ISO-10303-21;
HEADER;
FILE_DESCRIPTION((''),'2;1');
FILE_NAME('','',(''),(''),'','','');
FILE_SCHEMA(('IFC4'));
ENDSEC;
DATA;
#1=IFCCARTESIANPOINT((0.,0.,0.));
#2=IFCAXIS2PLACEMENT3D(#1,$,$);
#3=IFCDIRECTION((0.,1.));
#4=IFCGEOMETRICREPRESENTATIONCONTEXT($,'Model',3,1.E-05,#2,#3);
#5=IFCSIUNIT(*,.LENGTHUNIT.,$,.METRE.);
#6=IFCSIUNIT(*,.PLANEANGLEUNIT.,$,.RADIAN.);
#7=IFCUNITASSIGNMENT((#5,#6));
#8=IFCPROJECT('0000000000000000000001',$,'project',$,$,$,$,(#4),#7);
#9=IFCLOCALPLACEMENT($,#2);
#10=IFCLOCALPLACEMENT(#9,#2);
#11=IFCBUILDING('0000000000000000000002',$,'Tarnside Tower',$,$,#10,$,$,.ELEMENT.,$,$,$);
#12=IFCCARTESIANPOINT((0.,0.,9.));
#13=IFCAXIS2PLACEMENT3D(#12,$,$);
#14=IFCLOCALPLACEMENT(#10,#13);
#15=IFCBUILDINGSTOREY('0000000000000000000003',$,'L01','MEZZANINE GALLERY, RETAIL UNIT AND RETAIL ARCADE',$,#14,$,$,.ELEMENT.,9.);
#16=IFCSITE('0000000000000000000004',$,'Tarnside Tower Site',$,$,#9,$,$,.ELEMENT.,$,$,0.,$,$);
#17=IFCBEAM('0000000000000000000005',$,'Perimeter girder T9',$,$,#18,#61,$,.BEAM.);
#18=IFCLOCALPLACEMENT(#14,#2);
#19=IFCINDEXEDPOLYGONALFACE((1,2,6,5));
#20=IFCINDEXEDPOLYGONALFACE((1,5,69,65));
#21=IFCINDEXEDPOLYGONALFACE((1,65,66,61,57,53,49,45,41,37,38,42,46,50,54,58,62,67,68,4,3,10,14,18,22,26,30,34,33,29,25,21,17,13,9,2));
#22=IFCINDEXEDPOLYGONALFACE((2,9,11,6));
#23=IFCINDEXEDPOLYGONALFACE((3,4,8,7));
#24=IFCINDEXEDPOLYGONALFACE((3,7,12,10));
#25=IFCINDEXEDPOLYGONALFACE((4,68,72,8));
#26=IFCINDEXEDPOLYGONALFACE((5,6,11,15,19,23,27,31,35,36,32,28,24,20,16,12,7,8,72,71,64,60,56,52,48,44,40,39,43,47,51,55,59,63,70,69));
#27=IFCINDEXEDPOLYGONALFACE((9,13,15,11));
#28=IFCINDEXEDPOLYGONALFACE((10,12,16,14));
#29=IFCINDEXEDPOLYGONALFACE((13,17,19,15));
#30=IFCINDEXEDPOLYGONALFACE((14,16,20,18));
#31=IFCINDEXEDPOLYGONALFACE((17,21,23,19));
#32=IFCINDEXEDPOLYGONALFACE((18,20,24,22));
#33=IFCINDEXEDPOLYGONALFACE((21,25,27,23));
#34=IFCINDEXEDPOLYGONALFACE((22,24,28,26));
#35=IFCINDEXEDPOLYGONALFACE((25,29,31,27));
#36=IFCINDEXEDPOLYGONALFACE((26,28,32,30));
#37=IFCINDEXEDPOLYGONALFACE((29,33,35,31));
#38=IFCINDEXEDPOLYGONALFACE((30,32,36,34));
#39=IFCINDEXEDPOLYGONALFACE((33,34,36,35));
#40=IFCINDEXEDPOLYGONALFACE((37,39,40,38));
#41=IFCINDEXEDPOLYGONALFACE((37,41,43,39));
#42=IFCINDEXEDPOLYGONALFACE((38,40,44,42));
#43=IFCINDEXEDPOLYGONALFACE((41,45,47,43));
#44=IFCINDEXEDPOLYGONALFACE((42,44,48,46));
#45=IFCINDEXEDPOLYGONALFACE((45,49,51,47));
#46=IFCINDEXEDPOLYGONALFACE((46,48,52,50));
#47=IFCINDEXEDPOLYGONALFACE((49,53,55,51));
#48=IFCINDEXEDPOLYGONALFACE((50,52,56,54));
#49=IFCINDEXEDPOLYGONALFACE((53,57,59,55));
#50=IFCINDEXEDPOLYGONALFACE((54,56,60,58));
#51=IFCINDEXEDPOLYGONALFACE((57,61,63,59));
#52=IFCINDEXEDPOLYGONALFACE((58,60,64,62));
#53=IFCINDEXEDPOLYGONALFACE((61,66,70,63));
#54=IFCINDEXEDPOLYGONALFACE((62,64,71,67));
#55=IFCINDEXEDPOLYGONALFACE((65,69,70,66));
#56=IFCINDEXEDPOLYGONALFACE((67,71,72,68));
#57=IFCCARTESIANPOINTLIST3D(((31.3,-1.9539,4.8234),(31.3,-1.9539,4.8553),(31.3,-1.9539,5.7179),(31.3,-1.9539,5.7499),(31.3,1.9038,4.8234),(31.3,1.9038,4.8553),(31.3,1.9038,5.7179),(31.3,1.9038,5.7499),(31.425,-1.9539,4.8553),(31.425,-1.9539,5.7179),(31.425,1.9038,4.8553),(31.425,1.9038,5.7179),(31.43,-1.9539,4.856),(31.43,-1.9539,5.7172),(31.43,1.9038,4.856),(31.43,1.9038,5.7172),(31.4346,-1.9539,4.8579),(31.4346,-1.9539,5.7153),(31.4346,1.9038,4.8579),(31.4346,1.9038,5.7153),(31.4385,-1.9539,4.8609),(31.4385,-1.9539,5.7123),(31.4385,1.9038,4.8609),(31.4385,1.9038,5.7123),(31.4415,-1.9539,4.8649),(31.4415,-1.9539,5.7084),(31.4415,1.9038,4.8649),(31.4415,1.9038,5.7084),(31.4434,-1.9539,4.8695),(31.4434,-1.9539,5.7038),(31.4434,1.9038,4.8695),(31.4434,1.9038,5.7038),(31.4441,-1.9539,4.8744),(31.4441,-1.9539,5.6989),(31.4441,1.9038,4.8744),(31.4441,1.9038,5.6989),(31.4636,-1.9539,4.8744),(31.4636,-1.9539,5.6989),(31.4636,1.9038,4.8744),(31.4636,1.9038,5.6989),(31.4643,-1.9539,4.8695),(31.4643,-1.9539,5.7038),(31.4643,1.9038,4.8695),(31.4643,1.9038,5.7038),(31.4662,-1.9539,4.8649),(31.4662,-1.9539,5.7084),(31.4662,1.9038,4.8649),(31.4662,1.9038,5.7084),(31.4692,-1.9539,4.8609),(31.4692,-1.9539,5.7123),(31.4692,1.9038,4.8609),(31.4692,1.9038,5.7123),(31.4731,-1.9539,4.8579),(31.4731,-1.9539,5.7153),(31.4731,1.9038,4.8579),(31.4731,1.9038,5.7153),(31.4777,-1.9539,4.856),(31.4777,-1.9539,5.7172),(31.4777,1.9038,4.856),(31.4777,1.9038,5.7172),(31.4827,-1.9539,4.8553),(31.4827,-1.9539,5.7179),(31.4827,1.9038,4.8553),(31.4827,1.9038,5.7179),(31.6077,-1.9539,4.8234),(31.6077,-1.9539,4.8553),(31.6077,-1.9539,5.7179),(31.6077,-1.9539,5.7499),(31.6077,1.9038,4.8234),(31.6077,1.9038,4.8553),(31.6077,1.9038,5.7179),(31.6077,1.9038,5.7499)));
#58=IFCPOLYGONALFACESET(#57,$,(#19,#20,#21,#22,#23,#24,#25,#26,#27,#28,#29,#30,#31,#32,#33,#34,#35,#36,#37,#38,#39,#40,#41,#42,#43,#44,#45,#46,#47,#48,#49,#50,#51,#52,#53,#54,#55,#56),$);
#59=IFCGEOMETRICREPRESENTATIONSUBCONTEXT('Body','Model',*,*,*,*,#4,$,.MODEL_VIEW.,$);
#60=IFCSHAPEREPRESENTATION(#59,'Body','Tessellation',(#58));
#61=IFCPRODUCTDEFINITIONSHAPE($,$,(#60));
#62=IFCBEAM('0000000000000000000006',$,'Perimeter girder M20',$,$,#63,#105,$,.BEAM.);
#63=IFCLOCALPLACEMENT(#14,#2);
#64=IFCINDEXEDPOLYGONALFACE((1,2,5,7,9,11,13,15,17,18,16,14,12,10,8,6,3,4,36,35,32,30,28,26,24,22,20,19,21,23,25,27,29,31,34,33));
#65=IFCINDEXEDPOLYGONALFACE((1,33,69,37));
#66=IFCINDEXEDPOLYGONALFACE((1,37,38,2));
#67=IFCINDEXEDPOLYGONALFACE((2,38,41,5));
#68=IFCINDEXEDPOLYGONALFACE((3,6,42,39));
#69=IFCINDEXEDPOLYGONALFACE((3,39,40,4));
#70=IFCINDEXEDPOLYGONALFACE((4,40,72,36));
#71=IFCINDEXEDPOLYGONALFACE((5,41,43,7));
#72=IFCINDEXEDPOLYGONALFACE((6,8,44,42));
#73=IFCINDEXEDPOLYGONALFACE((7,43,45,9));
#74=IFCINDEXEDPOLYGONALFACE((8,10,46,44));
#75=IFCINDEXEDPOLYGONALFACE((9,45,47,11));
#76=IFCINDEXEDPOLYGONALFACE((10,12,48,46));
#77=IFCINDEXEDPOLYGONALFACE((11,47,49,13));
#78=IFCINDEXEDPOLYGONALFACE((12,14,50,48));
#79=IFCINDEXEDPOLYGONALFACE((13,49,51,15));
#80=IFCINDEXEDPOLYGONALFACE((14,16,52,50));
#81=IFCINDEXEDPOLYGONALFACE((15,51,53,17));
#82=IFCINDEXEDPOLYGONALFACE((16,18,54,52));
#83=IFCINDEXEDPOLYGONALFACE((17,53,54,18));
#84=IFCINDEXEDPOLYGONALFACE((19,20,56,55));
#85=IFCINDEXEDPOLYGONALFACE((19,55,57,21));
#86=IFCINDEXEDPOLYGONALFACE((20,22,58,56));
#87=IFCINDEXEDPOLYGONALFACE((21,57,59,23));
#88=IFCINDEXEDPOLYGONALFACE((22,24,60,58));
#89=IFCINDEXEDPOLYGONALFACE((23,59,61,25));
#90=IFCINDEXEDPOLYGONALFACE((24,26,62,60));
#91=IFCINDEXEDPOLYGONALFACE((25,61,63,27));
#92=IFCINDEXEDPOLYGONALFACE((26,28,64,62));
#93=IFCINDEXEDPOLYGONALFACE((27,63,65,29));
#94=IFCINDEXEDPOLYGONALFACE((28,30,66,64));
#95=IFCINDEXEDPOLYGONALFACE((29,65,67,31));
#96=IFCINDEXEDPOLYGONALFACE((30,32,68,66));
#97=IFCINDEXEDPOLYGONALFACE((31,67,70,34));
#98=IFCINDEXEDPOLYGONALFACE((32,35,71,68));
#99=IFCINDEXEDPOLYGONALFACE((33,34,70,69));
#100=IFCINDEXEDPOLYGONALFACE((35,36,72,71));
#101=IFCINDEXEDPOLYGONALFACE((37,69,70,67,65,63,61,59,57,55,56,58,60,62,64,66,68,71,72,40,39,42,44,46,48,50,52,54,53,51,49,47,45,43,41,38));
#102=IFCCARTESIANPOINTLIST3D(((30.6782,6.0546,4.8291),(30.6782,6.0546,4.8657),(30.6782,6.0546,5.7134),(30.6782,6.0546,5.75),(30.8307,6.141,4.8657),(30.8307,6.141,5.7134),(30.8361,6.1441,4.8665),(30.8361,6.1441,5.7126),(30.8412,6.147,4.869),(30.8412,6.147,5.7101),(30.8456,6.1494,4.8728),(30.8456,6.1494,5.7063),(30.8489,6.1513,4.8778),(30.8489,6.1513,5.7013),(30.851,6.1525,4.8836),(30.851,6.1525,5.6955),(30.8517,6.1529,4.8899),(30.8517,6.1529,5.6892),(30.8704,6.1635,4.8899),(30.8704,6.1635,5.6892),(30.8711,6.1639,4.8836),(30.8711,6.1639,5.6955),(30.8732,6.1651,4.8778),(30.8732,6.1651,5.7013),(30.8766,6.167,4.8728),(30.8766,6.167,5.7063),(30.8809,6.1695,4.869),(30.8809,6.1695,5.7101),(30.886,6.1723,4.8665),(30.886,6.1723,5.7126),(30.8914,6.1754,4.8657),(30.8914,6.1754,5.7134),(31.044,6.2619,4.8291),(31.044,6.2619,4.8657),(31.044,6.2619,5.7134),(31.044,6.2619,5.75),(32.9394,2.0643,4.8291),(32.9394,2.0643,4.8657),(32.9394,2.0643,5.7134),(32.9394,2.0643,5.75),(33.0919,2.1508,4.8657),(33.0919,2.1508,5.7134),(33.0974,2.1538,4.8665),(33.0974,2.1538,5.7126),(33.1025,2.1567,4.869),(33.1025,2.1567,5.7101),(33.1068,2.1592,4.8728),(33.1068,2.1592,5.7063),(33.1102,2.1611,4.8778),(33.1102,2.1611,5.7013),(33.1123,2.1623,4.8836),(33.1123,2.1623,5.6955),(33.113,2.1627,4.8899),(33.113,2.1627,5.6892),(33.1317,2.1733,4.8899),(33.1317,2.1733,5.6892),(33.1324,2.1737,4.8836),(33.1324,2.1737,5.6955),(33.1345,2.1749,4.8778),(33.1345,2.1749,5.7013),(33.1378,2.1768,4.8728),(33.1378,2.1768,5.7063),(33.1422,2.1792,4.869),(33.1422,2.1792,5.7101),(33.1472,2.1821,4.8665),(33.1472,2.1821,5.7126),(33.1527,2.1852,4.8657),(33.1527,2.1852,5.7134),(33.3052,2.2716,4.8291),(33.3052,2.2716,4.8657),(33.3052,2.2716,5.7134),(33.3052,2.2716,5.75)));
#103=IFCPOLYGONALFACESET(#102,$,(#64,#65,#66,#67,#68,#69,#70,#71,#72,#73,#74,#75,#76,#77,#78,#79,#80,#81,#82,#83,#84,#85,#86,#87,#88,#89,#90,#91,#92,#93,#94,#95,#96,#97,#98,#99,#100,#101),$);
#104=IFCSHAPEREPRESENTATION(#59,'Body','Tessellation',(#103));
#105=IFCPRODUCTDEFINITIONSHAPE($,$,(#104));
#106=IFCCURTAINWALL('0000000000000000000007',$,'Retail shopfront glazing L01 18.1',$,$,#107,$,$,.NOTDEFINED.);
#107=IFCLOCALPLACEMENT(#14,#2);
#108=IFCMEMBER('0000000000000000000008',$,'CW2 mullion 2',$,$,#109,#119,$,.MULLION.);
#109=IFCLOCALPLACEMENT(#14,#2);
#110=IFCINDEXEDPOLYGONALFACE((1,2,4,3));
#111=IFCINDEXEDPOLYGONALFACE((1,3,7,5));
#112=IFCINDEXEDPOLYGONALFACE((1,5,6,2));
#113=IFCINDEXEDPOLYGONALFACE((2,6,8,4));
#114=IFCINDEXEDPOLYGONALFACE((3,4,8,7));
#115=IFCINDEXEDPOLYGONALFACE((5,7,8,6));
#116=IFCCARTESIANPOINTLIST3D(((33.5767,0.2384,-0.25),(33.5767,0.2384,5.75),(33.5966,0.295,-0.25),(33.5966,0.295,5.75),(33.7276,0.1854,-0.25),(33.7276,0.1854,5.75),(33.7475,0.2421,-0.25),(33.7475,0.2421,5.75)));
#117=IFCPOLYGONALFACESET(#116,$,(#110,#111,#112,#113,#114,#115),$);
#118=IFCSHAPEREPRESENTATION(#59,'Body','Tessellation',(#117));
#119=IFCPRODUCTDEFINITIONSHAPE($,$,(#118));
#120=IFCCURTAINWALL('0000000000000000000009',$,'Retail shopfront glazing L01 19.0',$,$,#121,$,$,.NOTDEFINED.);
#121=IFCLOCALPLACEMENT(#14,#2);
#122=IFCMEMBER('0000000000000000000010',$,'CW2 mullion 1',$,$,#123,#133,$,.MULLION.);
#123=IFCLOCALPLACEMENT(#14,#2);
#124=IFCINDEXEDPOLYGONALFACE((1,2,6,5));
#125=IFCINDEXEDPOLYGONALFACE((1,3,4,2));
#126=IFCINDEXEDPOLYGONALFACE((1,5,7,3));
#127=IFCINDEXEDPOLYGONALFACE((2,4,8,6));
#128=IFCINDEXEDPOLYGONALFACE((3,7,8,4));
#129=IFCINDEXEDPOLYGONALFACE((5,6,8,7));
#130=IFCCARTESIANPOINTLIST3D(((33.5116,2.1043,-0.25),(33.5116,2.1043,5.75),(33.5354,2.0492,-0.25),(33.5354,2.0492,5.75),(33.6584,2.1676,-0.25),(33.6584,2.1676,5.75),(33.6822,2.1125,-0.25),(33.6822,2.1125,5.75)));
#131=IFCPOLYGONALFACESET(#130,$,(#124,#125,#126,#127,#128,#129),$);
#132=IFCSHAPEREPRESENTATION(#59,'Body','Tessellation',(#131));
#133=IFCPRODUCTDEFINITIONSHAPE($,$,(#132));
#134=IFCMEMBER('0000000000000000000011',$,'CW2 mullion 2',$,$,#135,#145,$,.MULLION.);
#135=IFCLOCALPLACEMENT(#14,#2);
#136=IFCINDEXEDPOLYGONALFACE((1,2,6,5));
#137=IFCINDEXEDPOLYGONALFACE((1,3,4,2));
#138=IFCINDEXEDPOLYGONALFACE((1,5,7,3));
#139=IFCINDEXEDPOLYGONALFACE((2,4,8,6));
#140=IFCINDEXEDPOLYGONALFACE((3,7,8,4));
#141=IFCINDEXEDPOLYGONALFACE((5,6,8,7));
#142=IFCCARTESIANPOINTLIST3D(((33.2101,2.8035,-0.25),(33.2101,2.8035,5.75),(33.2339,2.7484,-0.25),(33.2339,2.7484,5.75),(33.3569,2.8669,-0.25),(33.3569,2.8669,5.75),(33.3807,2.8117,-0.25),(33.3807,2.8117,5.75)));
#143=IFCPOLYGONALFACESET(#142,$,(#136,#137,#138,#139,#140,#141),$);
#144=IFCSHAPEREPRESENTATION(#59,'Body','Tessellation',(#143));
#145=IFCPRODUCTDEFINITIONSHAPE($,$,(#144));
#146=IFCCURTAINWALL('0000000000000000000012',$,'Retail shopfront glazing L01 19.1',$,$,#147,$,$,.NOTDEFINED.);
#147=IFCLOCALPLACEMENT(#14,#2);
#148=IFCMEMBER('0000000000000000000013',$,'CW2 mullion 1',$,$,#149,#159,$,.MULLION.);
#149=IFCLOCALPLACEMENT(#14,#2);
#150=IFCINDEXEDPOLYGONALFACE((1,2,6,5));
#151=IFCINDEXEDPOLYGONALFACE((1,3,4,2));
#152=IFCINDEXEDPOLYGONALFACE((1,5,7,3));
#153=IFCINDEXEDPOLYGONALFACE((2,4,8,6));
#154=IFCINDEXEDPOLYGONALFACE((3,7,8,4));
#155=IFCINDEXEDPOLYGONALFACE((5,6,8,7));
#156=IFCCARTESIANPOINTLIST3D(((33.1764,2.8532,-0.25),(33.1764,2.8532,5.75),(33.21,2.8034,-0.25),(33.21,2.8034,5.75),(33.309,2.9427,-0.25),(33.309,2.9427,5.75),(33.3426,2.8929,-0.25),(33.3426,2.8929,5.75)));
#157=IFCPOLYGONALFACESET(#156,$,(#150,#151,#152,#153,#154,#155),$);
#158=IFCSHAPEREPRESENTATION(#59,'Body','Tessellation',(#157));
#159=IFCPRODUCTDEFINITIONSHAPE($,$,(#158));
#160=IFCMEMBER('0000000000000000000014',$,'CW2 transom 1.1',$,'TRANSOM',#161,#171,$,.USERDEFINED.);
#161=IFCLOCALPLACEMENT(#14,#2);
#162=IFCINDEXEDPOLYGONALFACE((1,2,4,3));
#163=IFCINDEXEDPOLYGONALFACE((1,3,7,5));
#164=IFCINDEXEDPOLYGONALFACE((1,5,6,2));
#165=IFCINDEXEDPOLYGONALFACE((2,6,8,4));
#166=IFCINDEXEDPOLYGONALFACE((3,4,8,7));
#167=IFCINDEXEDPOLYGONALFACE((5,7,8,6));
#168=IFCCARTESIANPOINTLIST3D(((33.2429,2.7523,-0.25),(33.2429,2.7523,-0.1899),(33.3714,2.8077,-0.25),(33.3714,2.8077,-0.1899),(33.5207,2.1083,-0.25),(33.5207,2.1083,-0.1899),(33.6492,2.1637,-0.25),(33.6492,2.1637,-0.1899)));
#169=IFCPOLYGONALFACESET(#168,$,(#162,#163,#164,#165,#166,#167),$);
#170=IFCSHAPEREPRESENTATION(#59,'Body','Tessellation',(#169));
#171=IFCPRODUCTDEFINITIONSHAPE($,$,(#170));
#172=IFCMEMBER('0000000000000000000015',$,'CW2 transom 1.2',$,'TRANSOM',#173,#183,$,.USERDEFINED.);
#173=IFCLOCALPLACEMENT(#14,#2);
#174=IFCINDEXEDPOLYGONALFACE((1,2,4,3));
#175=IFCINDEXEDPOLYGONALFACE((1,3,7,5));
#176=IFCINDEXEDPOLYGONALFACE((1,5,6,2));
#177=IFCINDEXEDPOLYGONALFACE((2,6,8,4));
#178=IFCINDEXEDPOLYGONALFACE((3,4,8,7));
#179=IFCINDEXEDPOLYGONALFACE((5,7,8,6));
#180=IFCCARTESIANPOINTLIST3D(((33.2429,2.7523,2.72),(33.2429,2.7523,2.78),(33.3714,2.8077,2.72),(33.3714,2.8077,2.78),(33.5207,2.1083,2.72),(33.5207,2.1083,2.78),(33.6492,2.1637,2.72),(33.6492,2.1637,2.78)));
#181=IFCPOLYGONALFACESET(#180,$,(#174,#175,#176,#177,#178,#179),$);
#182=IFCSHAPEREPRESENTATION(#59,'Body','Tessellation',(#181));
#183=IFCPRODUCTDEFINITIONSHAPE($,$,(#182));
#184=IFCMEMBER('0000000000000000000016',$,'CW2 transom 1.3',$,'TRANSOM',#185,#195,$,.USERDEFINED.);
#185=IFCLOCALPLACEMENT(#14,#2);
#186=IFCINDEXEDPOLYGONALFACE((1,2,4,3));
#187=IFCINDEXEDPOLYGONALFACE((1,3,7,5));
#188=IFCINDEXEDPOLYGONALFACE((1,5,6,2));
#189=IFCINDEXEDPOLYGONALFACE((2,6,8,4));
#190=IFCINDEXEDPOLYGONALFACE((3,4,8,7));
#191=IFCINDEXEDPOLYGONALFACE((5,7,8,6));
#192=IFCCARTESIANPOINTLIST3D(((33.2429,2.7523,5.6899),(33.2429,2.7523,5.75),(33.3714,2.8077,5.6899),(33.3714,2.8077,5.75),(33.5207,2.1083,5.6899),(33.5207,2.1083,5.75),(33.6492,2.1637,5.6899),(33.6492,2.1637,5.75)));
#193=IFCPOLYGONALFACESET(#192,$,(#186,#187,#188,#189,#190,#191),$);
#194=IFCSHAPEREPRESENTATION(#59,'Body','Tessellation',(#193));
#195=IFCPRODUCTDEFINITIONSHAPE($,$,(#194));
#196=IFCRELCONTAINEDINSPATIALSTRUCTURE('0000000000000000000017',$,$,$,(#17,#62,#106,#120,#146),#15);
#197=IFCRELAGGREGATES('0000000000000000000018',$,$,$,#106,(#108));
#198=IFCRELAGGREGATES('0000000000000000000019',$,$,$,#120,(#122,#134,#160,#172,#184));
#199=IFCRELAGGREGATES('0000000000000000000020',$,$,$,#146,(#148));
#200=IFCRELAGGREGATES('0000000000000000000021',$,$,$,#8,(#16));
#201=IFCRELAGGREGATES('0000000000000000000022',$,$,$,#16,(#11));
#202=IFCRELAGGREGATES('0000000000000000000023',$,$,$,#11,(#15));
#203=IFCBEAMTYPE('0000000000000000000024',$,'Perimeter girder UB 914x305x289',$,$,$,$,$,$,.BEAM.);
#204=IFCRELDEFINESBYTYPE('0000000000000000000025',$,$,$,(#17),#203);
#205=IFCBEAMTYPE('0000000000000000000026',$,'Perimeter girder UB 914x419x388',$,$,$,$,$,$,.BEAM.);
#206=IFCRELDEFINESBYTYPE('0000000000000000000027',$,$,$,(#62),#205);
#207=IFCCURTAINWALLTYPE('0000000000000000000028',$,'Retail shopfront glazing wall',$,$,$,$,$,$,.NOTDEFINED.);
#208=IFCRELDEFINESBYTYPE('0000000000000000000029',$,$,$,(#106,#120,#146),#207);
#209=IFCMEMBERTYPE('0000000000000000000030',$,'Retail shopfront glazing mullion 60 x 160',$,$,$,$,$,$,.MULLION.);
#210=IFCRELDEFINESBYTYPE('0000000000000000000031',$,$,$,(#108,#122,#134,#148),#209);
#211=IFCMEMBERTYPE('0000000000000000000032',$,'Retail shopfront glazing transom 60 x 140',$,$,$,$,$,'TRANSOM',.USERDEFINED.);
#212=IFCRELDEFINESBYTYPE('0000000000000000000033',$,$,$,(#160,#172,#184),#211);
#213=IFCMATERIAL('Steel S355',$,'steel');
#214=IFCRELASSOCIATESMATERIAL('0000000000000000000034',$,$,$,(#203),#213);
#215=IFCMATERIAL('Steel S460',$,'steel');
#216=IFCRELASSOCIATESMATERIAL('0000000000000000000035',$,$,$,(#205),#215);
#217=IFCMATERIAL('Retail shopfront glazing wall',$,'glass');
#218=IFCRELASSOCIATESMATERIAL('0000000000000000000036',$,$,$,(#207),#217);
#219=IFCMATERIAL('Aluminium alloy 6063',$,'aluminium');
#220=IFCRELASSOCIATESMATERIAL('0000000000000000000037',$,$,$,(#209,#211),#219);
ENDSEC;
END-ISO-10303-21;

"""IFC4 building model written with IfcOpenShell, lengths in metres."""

from ifc_helpers import new_model, si_unit, direction, frame, origin, origin_2d, place, context, subcontext, project, spatial, rectangle, i_section, extrude, material, material_profile, profile_set, type_object, element, aggregate, save


model = new_model("IFC4")

# Units and contexts
model_context = context("Model", 3, precision=1e-05, world=origin(), true_north=direction((0.0, 1.0)))
body_context = subcontext(model_context, "Body", "Model", "MODEL_VIEW")
ifc_project = project(units=[si_unit("LENGTHUNIT", "METRE"), si_unit("PLANEANGLEUNIT", "RADIAN")], contexts=[model_context])

# Site, building, storey
site_placement = place(None, origin())
site = spatial("IfcSite", under=ifc_project, at=site_placement, Name="Tarnside Tower Site", CompositionType="ELEMENT", RefElevation=0.0)
building_placement = place(site_placement, origin())
building = spatial("IfcBuilding", under=site, at=building_placement, Name="Tarnside Tower", CompositionType="ELEMENT")
storey_placement = place(building_placement, frame((0.0, 0.0, 9.0)))
storey = spatial("IfcBuildingStorey", under=building, at=storey_placement, Name="L01", Description="MEZZANINE GALLERY, RETAIL UNIT AND RETAIL ARCADE", CompositionType="ELEMENT", Elevation=9.0)

# Shared definitions
ifc_material_1 = material(Name="Steel S460", Category="steel")

# Beams
ifc_material_2 = material(Name="Steel S355", Category="steel")
ifc_material_profile_1 = material_profile(ifc_material_2, i_section(OverallWidth=0.3076, OverallDepth=0.9265, WebThickness=0.0195, FlangeThickness=0.032, FilletRadius=0.019, at=origin_2d()), Name="UB 914x305x289")
ifc_profile_set_1 = profile_set([ifc_material_profile_1], Name="Steel S355")
beam_type_1 = type_object("IfcBeamType", Name="Perimeter girder UB 914x305x289", PredefinedType="BEAM", material=ifc_profile_set_1)
beam_1_placement = place(storey_placement, frame((31.4539, 1.9038, 5.2866), z_axis=(0.0, -1.0, 0.0), x_axis=(1.0, 0.0, 0.0)))
element("IfcBeam", 1, at=beam_1_placement, inside=storey, type_object=beam_type_1, Name="Perimeter girder T9", PredefinedType="BEAM", context=body_context, shape_type="SweptSolid", body=[
    extrude(i_section(OverallWidth=0.3076, OverallDepth=0.9265, WebThickness=0.0195, FlangeThickness=0.032, FilletRadius=0.019, at=origin_2d()), origin(), (0.0, 0.0, 1.0), 3.8577),
])
ifc_material_profile_2 = material_profile(ifc_material_1, i_section(OverallWidth=0.4204, OverallDepth=0.9209, WebThickness=0.0215, FlangeThickness=0.0366, FilletRadius=0.0242, at=origin_2d()), Name="UB 914x419x388")
ifc_profile_set_2 = profile_set([ifc_material_profile_2], Name="Steel S460")
beam_type_2 = type_object("IfcBeamType", Name="Perimeter girder UB 914x419x388", PredefinedType="BEAM", material=ifc_profile_set_2)
beam_2_placement = place(storey_placement, frame((33.1223, 2.168, 5.2896), z_axis=(-0.493029, 0.870013, 0.0), x_axis=(-0.870013, -0.493029, 0.0)))
element("IfcBeam", 2, at=beam_2_placement, inside=storey, type_object=beam_type_2, Name="Perimeter girder M20", PredefinedType="BEAM", context=body_context, shape_type="SweptSolid", body=[
    extrude(i_section(OverallWidth=0.4204, OverallDepth=0.9209, WebThickness=0.0215, FlangeThickness=0.0366, FilletRadius=0.0242, at=origin_2d()), origin(), (0.0, 0.0, 1.0), 4.5864),
])

# Curtain wall, member
ifc_material_3 = material(Name="Retail shopfront glazing wall", Category="glass")
curtain_wall_type = type_object("IfcCurtainWallType", Name="Retail shopfront glazing wall", PredefinedType="NOTDEFINED", material=ifc_material_3)
curtain_wall_1_placement = place(storey_placement, origin())
curtain_wall_1 = element("IfcCurtainWall", 3, at=curtain_wall_1_placement, inside=storey, type_object=curtain_wall_type, Name="Retail shopfront glazing L01 18.1", PredefinedType="NOTDEFINED")
ifc_material_4 = material(Name="Aluminium alloy 6063", Category="aluminium")
ifc_material_profile_3 = material_profile(ifc_material_4, rectangle(XDim=0.1599, YDim=0.0601, at=origin_2d()), Name="Retail shopfront glazing mullion 60 x 160")
ifc_profile_set_3 = profile_set([ifc_material_profile_3], Name="Aluminium alloy 6063")
member_type_1 = type_object("IfcMemberType", Name="Retail shopfront glazing mullion 60 x 160", PredefinedType="MULLION", material=ifc_profile_set_3)
member_1_placement = place(storey_placement, frame((33.6621, 0.2402, -0.25), z_axis=(0.0, 0.0, 1.0), x_axis=(-0.943609, 0.331063, 0.0)))
member_1 = element("IfcMember", 4, at=member_1_placement, type_object=member_type_1, Name="CW2 mullion 2", PredefinedType="MULLION", context=body_context, shape_type="SweptSolid", body=[
    extrude(rectangle(XDim=0.1599, YDim=0.0601, at=origin_2d()), origin(), (0.0, 0.0, 1.0), 6.0),
])
aggregate(curtain_wall_1, [member_1])

# Curtain wall, members
curtain_wall_2_placement = place(storey_placement, origin())
curtain_wall_2 = element("IfcCurtainWall", 5, at=curtain_wall_2_placement, inside=storey, type_object=curtain_wall_type, Name="Retail shopfront glazing L01 19.0", PredefinedType="NOTDEFINED")
member_2_placement = place(storey_placement, frame((33.5969, 2.1084, -0.25), z_axis=(0.0, 0.0, 1.0), x_axis=(-0.918216, -0.39608, 0.0)))
member_2 = element("IfcMember", 6, at=member_2_placement, type_object=member_type_1, Name="CW2 mullion 1", PredefinedType="MULLION", context=body_context, shape_type="SweptSolid", body=[
    extrude(rectangle(XDim=0.1599, YDim=0.0601, at=origin_2d()), origin(), (0.0, 0.0, 1.0), 6.0),
])
member_3_placement = place(storey_placement, frame((33.2954, 2.8076, -0.25), z_axis=(0.0, 0.0, 1.0), x_axis=(-0.918216, -0.39608, 0.0)))
member_3 = element("IfcMember", 7, at=member_3_placement, type_object=member_type_1, Name="CW2 mullion 2", PredefinedType="MULLION", context=body_context, shape_type="SweptSolid", body=[
    extrude(rectangle(XDim=0.1599, YDim=0.0601, at=origin_2d()), origin(), (0.0, 0.0, 1.0), 6.0),
])

# Curtain wall, member
curtain_wall_3_placement = place(storey_placement, origin())
curtain_wall_3 = element("IfcCurtainWall", 8, at=curtain_wall_3_placement, inside=storey, type_object=curtain_wall_type, Name="Retail shopfront glazing L01 19.1", PredefinedType="NOTDEFINED")
member_4_placement = place(storey_placement, frame((33.2595, 2.873, -0.25), z_axis=(0.0, 0.0, 1.0), x_axis=(-0.829038, -0.559193, 0.0)))
member_4 = element("IfcMember", 9, at=member_4_placement, type_object=member_type_1, Name="CW2 mullion 1", PredefinedType="MULLION", context=body_context, shape_type="SweptSolid", body=[
    extrude(rectangle(XDim=0.1599, YDim=0.0601, at=origin_2d()), origin(), (0.0, 0.0, 1.0), 6.0),
])

# Members
ifc_material_profile_4 = material_profile(ifc_material_4, rectangle(XDim=0.1399, YDim=0.0601, at=origin_2d()), Name="Retail shopfront glazing transom 60 x 140")
ifc_profile_set_4 = profile_set([ifc_material_profile_4], Name="Aluminium alloy 6063")
member_type_2 = type_object("IfcMemberType", Name="Retail shopfront glazing transom 60 x 140", ElementType="TRANSOM", PredefinedType="USERDEFINED", material=ifc_profile_set_4)
member_5_placement = place(storey_placement, frame((33.585, 2.136, -0.22), z_axis=(-0.396103, 0.918206, 0.0), x_axis=(-0.918206, -0.396103, 0.0)))
member_5 = element("IfcMember", 10, at=member_5_placement, type_object=member_type_2, Name="CW2 transom 1.1", ObjectType="TRANSOM", PredefinedType="USERDEFINED", context=body_context, shape_type="SweptSolid", body=[
    extrude(rectangle(XDim=0.1399, YDim=0.0601, at=origin_2d()), origin(), (0.0, 0.0, 1.0), 0.7014),
])
member_6_placement = place(storey_placement, frame((33.585, 2.136, 2.75), z_axis=(-0.396103, 0.918206, 0.0), x_axis=(-0.918206, -0.396103, 0.0)))
member_6 = element("IfcMember", 11, at=member_6_placement, type_object=member_type_2, Name="CW2 transom 1.2", ObjectType="TRANSOM", PredefinedType="USERDEFINED", context=body_context, shape_type="SweptSolid", body=[
    extrude(rectangle(XDim=0.1399, YDim=0.0601, at=origin_2d()), origin(), (0.0, 0.0, 1.0), 0.7014),
])
member_7_placement = place(storey_placement, frame((33.585, 2.136, 5.72), z_axis=(-0.396103, 0.918206, 0.0), x_axis=(-0.918206, -0.396103, 0.0)))
member_7 = element("IfcMember", 12, at=member_7_placement, type_object=member_type_2, Name="CW2 transom 1.3", ObjectType="TRANSOM", PredefinedType="USERDEFINED", context=body_context, shape_type="SweptSolid", body=[
    extrude(rectangle(XDim=0.1399, YDim=0.0601, at=origin_2d()), origin(), (0.0, 0.0, 1.0), 0.7014),
])

aggregate(curtain_wall_2, [member_2, member_3, member_5, member_6, member_7])
aggregate(curtain_wall_3, [member_4])

save(model, "model.ifc")
